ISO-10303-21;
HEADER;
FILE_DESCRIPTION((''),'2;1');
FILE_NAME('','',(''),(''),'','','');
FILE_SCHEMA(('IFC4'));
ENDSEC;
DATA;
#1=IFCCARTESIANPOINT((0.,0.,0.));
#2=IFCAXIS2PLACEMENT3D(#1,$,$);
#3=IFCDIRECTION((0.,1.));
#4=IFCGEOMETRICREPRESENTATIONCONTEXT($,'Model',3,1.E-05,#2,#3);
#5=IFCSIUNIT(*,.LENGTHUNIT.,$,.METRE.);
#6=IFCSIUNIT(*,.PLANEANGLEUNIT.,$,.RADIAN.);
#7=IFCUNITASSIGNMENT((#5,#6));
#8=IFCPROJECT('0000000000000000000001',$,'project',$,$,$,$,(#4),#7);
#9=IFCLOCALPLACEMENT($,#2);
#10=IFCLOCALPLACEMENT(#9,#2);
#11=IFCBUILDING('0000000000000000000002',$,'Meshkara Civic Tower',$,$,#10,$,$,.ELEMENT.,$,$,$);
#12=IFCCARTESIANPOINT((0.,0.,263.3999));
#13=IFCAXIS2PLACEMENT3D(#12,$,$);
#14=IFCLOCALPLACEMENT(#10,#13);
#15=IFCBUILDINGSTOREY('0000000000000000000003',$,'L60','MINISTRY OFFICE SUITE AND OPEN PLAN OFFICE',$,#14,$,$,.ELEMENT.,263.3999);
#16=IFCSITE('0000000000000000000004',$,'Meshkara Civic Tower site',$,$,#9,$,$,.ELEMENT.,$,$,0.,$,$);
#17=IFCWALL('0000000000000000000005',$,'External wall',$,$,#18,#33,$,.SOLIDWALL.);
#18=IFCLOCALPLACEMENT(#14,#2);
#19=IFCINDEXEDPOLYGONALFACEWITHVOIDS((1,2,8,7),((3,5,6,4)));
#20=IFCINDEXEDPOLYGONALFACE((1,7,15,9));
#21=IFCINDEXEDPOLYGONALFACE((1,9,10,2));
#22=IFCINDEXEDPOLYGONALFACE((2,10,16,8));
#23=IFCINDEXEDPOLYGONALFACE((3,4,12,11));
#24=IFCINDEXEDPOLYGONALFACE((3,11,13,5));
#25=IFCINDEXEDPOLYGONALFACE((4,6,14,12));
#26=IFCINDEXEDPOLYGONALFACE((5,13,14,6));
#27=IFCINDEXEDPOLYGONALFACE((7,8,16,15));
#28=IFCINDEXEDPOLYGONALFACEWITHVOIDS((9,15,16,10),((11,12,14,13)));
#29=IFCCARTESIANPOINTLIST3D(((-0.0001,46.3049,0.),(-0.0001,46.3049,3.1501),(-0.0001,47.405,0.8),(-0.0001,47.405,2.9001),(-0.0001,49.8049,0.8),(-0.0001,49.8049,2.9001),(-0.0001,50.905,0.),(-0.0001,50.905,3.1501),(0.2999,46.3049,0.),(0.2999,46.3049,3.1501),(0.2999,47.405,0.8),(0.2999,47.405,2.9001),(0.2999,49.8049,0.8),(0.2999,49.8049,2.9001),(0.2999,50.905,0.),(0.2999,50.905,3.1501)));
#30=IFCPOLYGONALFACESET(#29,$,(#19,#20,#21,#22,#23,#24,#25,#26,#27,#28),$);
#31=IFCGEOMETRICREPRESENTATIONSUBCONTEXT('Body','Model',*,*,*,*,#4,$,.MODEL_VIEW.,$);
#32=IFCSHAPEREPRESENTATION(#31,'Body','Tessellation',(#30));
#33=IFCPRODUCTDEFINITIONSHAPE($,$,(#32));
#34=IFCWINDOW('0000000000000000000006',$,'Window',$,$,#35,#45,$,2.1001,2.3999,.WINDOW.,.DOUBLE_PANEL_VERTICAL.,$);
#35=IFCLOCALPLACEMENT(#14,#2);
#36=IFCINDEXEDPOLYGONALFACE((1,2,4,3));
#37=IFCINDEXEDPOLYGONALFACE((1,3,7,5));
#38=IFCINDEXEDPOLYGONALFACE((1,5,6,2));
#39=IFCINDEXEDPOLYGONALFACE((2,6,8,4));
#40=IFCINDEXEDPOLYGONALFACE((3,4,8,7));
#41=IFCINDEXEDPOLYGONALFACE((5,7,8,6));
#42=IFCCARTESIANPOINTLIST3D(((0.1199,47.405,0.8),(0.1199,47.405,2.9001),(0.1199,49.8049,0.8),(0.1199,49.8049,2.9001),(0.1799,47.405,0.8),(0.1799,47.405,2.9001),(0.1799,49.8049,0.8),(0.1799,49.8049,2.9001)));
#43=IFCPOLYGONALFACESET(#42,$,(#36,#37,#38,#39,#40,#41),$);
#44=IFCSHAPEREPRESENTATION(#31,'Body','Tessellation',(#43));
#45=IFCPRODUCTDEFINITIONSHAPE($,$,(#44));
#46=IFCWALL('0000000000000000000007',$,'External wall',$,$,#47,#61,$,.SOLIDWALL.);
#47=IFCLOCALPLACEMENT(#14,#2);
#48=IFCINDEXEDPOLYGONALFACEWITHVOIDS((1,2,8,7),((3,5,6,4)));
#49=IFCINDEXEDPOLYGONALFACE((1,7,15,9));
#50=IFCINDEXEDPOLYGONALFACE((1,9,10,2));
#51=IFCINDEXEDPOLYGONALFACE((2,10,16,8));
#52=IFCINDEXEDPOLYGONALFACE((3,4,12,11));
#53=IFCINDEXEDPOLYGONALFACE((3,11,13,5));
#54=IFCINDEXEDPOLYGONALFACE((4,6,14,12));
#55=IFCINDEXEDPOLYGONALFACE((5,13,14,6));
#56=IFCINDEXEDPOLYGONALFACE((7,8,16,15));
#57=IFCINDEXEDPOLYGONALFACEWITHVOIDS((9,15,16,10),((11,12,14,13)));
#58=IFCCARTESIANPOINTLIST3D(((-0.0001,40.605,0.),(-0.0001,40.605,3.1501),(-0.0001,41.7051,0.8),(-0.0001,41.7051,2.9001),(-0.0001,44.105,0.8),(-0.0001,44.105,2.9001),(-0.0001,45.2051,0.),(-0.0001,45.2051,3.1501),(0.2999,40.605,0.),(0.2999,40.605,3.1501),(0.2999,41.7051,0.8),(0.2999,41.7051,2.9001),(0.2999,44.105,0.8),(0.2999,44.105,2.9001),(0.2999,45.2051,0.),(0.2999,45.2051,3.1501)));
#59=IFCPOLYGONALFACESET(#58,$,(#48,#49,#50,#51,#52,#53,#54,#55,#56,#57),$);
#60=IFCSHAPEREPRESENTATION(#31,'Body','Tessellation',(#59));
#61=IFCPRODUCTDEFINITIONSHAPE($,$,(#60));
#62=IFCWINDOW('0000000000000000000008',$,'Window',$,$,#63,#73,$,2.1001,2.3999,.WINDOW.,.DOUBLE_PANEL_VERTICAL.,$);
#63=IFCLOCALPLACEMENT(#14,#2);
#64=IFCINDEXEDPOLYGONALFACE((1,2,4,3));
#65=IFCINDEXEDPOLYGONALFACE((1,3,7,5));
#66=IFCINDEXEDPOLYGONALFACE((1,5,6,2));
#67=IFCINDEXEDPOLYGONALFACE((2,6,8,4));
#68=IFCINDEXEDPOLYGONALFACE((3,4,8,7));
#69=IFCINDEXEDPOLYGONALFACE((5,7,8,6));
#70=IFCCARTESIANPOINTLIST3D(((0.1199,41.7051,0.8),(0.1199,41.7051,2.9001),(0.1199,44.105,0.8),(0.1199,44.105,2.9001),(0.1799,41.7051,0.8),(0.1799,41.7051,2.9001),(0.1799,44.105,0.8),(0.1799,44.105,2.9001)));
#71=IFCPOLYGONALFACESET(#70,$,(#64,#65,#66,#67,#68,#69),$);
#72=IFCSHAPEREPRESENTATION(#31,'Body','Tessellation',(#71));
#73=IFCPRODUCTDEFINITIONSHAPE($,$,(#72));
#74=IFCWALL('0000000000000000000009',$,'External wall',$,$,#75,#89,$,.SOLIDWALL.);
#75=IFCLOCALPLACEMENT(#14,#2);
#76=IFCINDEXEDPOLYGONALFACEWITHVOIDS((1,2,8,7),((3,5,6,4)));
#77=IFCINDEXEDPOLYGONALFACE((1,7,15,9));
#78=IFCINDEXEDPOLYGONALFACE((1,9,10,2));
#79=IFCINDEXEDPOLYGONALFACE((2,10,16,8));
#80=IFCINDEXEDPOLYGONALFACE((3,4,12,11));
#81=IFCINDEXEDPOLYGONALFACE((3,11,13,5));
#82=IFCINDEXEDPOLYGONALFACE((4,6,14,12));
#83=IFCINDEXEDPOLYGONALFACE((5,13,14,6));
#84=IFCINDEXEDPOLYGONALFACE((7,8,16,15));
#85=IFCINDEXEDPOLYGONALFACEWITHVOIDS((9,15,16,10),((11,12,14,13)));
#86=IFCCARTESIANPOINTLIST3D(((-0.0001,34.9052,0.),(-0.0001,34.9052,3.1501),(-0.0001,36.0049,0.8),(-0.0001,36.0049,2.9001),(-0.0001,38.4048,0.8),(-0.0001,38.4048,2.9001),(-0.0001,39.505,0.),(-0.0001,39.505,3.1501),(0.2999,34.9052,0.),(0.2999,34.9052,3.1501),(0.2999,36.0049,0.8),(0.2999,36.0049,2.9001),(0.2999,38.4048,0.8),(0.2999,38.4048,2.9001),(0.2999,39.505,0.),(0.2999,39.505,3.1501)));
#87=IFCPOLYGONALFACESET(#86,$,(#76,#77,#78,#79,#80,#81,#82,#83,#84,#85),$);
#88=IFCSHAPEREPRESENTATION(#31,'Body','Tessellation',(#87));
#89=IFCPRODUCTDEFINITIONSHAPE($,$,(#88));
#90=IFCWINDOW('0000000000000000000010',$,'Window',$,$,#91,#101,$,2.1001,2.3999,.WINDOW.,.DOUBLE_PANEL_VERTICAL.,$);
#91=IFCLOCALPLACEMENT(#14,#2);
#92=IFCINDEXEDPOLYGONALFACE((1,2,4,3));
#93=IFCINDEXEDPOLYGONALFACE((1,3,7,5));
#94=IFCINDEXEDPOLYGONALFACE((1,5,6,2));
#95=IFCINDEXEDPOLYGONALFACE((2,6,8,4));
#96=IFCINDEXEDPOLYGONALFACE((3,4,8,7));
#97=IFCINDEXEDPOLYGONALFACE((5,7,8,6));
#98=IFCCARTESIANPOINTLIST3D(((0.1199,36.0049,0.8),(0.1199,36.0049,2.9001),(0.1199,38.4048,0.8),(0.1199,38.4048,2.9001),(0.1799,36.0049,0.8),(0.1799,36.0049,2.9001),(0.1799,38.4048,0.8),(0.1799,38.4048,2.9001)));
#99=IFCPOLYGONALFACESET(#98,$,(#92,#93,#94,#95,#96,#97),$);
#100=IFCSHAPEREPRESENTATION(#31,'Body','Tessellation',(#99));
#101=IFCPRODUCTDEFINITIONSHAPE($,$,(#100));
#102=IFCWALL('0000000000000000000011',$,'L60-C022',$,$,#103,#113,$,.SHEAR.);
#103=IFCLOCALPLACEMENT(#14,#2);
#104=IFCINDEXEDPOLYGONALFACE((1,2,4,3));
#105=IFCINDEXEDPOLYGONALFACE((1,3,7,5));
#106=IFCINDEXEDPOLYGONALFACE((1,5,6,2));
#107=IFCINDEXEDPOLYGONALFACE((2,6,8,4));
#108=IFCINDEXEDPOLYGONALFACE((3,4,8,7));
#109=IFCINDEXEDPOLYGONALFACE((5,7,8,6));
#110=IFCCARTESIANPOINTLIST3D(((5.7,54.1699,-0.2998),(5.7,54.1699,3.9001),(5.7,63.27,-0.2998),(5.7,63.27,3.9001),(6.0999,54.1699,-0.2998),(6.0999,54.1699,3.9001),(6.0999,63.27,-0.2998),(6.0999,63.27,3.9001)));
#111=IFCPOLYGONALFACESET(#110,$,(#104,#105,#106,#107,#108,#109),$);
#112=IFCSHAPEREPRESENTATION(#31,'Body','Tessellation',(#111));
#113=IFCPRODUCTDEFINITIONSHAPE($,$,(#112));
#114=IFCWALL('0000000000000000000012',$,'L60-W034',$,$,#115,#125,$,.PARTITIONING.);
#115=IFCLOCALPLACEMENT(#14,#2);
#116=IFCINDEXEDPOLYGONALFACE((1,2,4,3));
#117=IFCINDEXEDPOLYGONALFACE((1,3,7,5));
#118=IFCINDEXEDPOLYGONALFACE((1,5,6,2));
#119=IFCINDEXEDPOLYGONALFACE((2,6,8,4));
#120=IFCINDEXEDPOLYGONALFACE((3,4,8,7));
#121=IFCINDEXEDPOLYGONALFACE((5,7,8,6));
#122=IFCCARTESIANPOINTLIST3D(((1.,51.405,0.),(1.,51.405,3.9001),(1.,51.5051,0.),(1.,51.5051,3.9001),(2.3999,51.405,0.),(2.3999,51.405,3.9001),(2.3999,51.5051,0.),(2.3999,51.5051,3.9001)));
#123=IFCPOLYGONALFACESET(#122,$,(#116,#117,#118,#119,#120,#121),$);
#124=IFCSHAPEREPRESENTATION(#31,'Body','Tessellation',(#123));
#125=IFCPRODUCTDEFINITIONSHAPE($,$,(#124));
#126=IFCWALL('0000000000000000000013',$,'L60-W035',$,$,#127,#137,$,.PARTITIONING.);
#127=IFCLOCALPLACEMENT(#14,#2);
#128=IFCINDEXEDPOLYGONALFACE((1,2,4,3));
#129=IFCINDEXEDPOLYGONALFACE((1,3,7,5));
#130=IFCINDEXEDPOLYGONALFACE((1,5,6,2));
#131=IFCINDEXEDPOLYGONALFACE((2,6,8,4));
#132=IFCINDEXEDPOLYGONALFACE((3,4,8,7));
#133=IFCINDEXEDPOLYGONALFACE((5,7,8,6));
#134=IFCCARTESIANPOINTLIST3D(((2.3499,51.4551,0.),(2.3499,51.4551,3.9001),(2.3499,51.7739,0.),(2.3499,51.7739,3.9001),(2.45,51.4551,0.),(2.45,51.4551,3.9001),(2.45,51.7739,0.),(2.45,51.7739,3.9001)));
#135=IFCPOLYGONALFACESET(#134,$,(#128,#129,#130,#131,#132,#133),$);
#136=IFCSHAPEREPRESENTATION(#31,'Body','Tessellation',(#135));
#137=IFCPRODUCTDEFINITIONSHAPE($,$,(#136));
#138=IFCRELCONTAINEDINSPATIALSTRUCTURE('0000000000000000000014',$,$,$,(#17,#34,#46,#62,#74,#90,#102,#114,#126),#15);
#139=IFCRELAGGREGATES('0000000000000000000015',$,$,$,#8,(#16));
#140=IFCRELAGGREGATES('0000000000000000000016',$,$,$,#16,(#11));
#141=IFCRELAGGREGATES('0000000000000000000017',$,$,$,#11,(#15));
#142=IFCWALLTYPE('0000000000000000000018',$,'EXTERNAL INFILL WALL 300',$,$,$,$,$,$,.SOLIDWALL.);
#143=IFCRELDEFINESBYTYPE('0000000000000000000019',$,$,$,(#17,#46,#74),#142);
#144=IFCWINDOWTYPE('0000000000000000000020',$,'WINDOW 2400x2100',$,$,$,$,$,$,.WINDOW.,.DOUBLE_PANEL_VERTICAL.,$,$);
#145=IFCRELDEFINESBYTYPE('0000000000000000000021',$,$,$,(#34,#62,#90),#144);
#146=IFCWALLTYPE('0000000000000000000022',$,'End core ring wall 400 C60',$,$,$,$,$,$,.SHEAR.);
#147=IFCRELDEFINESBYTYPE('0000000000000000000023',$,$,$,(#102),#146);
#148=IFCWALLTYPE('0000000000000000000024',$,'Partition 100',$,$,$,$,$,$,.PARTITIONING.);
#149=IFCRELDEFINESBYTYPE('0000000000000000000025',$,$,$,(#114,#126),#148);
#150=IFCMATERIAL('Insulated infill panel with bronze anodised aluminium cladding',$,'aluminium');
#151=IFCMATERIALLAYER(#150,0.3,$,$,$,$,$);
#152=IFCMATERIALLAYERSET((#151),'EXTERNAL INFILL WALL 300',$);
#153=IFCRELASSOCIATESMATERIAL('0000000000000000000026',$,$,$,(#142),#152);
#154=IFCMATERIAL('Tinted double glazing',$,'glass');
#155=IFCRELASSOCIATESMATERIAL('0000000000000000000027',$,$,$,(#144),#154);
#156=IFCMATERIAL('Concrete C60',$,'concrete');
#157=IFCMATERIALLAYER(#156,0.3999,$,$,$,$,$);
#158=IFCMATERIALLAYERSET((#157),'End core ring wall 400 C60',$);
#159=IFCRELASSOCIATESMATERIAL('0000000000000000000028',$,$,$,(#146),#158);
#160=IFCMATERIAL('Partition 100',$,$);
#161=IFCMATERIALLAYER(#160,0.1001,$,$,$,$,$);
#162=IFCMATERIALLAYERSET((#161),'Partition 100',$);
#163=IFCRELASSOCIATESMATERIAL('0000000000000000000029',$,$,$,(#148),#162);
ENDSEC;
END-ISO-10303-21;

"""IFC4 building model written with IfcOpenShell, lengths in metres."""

from ifc_helpers import new_model, si_unit, direction, frame, frame_2d, origin, place, context, subcontext, project, spatial, rectangle, extrude, material, layer, layer_set, type_object, element, fill, save


model = new_model("IFC4")

# Units and contexts
model_context = context("Model", 3, precision=1e-05, world=origin(), true_north=direction((0.0, 1.0)))
body_context = subcontext(model_context, "Body", "Model", "MODEL_VIEW")
ifc_project = project(units=[si_unit("LENGTHUNIT", "METRE"), si_unit("PLANEANGLEUNIT", "RADIAN")], contexts=[model_context])

# Site, building, storey
site_placement = place(None, origin())
site = spatial("IfcSite", under=ifc_project, at=site_placement, Name="Meshkara Civic Tower site", CompositionType="ELEMENT", RefElevation=0.0)
building_placement = place(site_placement, origin())
building = spatial("IfcBuilding", under=site, at=building_placement, Name="Meshkara Civic Tower", CompositionType="ELEMENT")
storey_placement = place(building_placement, frame((0.0, 0.0, 263.3999)))
storey = spatial("IfcBuildingStorey", under=building, at=storey_placement, Name="L60", Description="MINISTRY OFFICE SUITE AND OPEN PLAN OFFICE", CompositionType="ELEMENT", Elevation=263.3999)

# Walls, openings, windows
ifc_material_1 = material(Name="Insulated infill panel with bronze anodised aluminium cladding", Category="aluminium")
ifc_layer_1 = layer(ifc_material_1, 0.3)
ifc_layer_set_1 = layer_set([ifc_layer_1], Name="EXTERNAL INFILL WALL 300")
wall_type_1 = type_object("IfcWallType", Name="EXTERNAL INFILL WALL 300", PredefinedType="SOLIDWALL", material=ifc_layer_set_1)
wall_1_placement = place(storey_placement, frame((0.1499, 50.905, 0.0), z_axis=(0.0, 0.0, 1.0), x_axis=(0.0, -1.0, 0.0)))
wall_1 = element("IfcWall", 1, at=wall_1_placement, inside=storey, type_object=wall_type_1, Name="External wall", PredefinedType="SOLIDWALL", context=body_context, shape_type="SweptSolid", body=[
    extrude(rectangle(XDim=4.6001, YDim=0.3, at=frame_2d((2.3, 0.0))), origin(), (0.0, 0.0, 1.0), 3.1501),
])
opening_1_placement = place(wall_1_placement, frame((1.1001, 0.0, 0.8)))
opening_1 = element("IfcOpeningElement", 2, at=opening_1_placement, cuts=wall_1, PredefinedType="OPENING", context=body_context, shape_type="SweptSolid", body=[
    extrude(rectangle(XDim=2.3999, YDim=2.1001, at=frame_2d((1.2, 1.05))), frame((0.0, 0.1599, 0.0), z_axis=(0.0, -1.0, 0.0), x_axis=(1.0, 0.0, 0.0)), (0.0, 0.0, 1.0), 0.3201),
])
ifc_material_2 = material(Name="Tinted double glazing", Category="glass")
window_type = type_object("IfcWindowType", Name="WINDOW 2400x2100", PartitioningType="DOUBLE_PANEL_VERTICAL", PredefinedType="WINDOW", material=ifc_material_2)
window_1_placement = place(opening_1_placement, origin())
window_1 = element("IfcWindow", 3, at=window_1_placement, inside=storey, type_object=window_type, Name="Window", OverallHeight=2.1001, OverallWidth=2.3999, PartitioningType="DOUBLE_PANEL_VERTICAL", PredefinedType="WINDOW", context=body_context, shape_type="SweptSolid", body=[
    extrude(rectangle(XDim=2.3999, YDim=2.1001, at=frame_2d((1.2, 1.05))), frame((0.0, 0.03, 0.0), z_axis=(0.0, -1.0, 0.0), x_axis=(1.0, 0.0, 0.0)), (0.0, 0.0, 1.0), 0.0601),
])
fill(opening_1, window_1)
wall_2_placement = place(storey_placement, frame((0.1499, 45.2051, 0.0), z_axis=(0.0, 0.0, 1.0), x_axis=(0.0, -1.0, 0.0)))
wall_2 = element("IfcWall", 4, at=wall_2_placement, inside=storey, type_object=wall_type_1, Name="External wall", PredefinedType="SOLIDWALL", context=body_context, shape_type="SweptSolid", body=[
    extrude(rectangle(XDim=4.6001, YDim=0.3, at=frame_2d((2.3, 0.0))), origin(), (0.0, 0.0, 1.0), 3.1501),
])
opening_2_placement = place(wall_2_placement, frame((1.1001, 0.0, 0.8)))
opening_2 = element("IfcOpeningElement", 5, at=opening_2_placement, cuts=wall_2, PredefinedType="OPENING", context=body_context, shape_type="SweptSolid", body=[
    extrude(rectangle(XDim=2.3999, YDim=2.1001, at=frame_2d((1.2, 1.05))), frame((0.0, 0.1599, 0.0), z_axis=(0.0, -1.0, 0.0), x_axis=(1.0, 0.0, 0.0)), (0.0, 0.0, 1.0), 0.3201),
])
window_2_placement = place(opening_2_placement, origin())
window_2 = element("IfcWindow", 6, at=window_2_placement, inside=storey, type_object=window_type, Name="Window", OverallHeight=2.1001, OverallWidth=2.3999, PartitioningType="DOUBLE_PANEL_VERTICAL", PredefinedType="WINDOW", context=body_context, shape_type="SweptSolid", body=[
    extrude(rectangle(XDim=2.3999, YDim=2.1001, at=frame_2d((1.2, 1.05))), frame((0.0, 0.03, 0.0), z_axis=(0.0, -1.0, 0.0), x_axis=(1.0, 0.0, 0.0)), (0.0, 0.0, 1.0), 0.0601),
])
fill(opening_2, window_2)
wall_3_placement = place(storey_placement, frame((0.1499, 39.5049, 0.0), z_axis=(0.0, 0.0, 1.0), x_axis=(0.0, -1.0, 0.0)))
wall_3 = element("IfcWall", 7, at=wall_3_placement, inside=storey, type_object=wall_type_1, Name="External wall", PredefinedType="SOLIDWALL", context=body_context, shape_type="SweptSolid", body=[
    extrude(rectangle(XDim=4.5999, YDim=0.3, at=frame_2d((2.2998, 0.0))), origin(), (0.0, 0.0, 1.0), 3.1501),
])
opening_3_placement = place(wall_3_placement, frame((1.1001, 0.0, 0.8)))
opening_3 = element("IfcOpeningElement", 8, at=opening_3_placement, cuts=wall_3, PredefinedType="OPENING", context=body_context, shape_type="SweptSolid", body=[
    extrude(rectangle(XDim=2.3999, YDim=2.1001, at=frame_2d((1.2, 1.05))), frame((0.0, 0.1599, 0.0), z_axis=(0.0, -1.0, 0.0), x_axis=(1.0, 0.0, 0.0)), (0.0, 0.0, 1.0), 0.3201),
])
window_3_placement = place(opening_3_placement, origin())
window_3 = element("IfcWindow", 9, at=window_3_placement, inside=storey, type_object=window_type, Name="Window", OverallHeight=2.1001, OverallWidth=2.3999, PartitioningType="DOUBLE_PANEL_VERTICAL", PredefinedType="WINDOW", context=body_context, shape_type="SweptSolid", body=[
    extrude(rectangle(XDim=2.3999, YDim=2.1001, at=frame_2d((1.2, 1.05))), frame((0.0, 0.03, 0.0), z_axis=(0.0, -1.0, 0.0), x_axis=(1.0, 0.0, 0.0)), (0.0, 0.0, 1.0), 0.0601),
])
fill(opening_3, window_3)

# Walls
ifc_material_3 = material(Name="Concrete C60", Category="concrete")
ifc_layer_2 = layer(ifc_material_3, 0.3999)
ifc_layer_set_2 = layer_set([ifc_layer_2], Name="End core ring wall 400 C60")
wall_type_2 = type_object("IfcWallType", Name="End core ring wall 400 C60", PredefinedType="SHEAR", material=ifc_layer_set_2)
wall_4_placement = place(storey_placement, frame((5.8999, 54.1699, -0.2998), z_axis=(0.0, 0.0, 1.0), x_axis=(0.0, 1.0, 0.0)))
element("IfcWall", 10, at=wall_4_placement, inside=storey, type_object=wall_type_2, Name="L60-C022", PredefinedType="SHEAR", context=body_context, shape_type="SweptSolid", body=[
    extrude(rectangle(XDim=9.1001, YDim=0.3999, at=frame_2d((4.55, 0.0))), origin(), (0.0, 0.0, 1.0), 4.2),
])
ifc_material_4 = material(Name="Partition 100")
ifc_layer_3 = layer(ifc_material_4, 0.1001)
ifc_layer_set_3 = layer_set([ifc_layer_3], Name="Partition 100")
wall_type_3 = type_object("IfcWallType", Name="Partition 100", PredefinedType="PARTITIONING", material=ifc_layer_set_3)
wall_5_placement = place(storey_placement, frame((2.3999, 51.4551, 0.0), z_axis=(0.0, 0.0, 1.0), x_axis=(-1.0, 0.0, 0.0)))
element("IfcWall", 11, at=wall_5_placement, inside=storey, type_object=wall_type_3, Name="L60-W034", PredefinedType="PARTITIONING", context=body_context, shape_type="SweptSolid", body=[
    extrude(rectangle(XDim=1.3999, YDim=0.1001, at=frame_2d((0.7, 0.0))), origin(), (0.0, 0.0, 1.0), 3.9001),
])
wall_6_placement = place(storey_placement, frame((2.3999, 51.7739, 0.0), z_axis=(0.0, 0.0, 1.0), x_axis=(0.0, -1.0, 0.0)))
element("IfcWall", 12, at=wall_6_placement, inside=storey, type_object=wall_type_3, Name="L60-W035", PredefinedType="PARTITIONING", context=body_context, shape_type="SweptSolid", body=[
    extrude(rectangle(XDim=0.3188, YDim=0.1001, at=frame_2d((0.1594, 0.0))), origin(), (0.0, 0.0, 1.0), 3.9001),
])

save(model, "model.ifc")
